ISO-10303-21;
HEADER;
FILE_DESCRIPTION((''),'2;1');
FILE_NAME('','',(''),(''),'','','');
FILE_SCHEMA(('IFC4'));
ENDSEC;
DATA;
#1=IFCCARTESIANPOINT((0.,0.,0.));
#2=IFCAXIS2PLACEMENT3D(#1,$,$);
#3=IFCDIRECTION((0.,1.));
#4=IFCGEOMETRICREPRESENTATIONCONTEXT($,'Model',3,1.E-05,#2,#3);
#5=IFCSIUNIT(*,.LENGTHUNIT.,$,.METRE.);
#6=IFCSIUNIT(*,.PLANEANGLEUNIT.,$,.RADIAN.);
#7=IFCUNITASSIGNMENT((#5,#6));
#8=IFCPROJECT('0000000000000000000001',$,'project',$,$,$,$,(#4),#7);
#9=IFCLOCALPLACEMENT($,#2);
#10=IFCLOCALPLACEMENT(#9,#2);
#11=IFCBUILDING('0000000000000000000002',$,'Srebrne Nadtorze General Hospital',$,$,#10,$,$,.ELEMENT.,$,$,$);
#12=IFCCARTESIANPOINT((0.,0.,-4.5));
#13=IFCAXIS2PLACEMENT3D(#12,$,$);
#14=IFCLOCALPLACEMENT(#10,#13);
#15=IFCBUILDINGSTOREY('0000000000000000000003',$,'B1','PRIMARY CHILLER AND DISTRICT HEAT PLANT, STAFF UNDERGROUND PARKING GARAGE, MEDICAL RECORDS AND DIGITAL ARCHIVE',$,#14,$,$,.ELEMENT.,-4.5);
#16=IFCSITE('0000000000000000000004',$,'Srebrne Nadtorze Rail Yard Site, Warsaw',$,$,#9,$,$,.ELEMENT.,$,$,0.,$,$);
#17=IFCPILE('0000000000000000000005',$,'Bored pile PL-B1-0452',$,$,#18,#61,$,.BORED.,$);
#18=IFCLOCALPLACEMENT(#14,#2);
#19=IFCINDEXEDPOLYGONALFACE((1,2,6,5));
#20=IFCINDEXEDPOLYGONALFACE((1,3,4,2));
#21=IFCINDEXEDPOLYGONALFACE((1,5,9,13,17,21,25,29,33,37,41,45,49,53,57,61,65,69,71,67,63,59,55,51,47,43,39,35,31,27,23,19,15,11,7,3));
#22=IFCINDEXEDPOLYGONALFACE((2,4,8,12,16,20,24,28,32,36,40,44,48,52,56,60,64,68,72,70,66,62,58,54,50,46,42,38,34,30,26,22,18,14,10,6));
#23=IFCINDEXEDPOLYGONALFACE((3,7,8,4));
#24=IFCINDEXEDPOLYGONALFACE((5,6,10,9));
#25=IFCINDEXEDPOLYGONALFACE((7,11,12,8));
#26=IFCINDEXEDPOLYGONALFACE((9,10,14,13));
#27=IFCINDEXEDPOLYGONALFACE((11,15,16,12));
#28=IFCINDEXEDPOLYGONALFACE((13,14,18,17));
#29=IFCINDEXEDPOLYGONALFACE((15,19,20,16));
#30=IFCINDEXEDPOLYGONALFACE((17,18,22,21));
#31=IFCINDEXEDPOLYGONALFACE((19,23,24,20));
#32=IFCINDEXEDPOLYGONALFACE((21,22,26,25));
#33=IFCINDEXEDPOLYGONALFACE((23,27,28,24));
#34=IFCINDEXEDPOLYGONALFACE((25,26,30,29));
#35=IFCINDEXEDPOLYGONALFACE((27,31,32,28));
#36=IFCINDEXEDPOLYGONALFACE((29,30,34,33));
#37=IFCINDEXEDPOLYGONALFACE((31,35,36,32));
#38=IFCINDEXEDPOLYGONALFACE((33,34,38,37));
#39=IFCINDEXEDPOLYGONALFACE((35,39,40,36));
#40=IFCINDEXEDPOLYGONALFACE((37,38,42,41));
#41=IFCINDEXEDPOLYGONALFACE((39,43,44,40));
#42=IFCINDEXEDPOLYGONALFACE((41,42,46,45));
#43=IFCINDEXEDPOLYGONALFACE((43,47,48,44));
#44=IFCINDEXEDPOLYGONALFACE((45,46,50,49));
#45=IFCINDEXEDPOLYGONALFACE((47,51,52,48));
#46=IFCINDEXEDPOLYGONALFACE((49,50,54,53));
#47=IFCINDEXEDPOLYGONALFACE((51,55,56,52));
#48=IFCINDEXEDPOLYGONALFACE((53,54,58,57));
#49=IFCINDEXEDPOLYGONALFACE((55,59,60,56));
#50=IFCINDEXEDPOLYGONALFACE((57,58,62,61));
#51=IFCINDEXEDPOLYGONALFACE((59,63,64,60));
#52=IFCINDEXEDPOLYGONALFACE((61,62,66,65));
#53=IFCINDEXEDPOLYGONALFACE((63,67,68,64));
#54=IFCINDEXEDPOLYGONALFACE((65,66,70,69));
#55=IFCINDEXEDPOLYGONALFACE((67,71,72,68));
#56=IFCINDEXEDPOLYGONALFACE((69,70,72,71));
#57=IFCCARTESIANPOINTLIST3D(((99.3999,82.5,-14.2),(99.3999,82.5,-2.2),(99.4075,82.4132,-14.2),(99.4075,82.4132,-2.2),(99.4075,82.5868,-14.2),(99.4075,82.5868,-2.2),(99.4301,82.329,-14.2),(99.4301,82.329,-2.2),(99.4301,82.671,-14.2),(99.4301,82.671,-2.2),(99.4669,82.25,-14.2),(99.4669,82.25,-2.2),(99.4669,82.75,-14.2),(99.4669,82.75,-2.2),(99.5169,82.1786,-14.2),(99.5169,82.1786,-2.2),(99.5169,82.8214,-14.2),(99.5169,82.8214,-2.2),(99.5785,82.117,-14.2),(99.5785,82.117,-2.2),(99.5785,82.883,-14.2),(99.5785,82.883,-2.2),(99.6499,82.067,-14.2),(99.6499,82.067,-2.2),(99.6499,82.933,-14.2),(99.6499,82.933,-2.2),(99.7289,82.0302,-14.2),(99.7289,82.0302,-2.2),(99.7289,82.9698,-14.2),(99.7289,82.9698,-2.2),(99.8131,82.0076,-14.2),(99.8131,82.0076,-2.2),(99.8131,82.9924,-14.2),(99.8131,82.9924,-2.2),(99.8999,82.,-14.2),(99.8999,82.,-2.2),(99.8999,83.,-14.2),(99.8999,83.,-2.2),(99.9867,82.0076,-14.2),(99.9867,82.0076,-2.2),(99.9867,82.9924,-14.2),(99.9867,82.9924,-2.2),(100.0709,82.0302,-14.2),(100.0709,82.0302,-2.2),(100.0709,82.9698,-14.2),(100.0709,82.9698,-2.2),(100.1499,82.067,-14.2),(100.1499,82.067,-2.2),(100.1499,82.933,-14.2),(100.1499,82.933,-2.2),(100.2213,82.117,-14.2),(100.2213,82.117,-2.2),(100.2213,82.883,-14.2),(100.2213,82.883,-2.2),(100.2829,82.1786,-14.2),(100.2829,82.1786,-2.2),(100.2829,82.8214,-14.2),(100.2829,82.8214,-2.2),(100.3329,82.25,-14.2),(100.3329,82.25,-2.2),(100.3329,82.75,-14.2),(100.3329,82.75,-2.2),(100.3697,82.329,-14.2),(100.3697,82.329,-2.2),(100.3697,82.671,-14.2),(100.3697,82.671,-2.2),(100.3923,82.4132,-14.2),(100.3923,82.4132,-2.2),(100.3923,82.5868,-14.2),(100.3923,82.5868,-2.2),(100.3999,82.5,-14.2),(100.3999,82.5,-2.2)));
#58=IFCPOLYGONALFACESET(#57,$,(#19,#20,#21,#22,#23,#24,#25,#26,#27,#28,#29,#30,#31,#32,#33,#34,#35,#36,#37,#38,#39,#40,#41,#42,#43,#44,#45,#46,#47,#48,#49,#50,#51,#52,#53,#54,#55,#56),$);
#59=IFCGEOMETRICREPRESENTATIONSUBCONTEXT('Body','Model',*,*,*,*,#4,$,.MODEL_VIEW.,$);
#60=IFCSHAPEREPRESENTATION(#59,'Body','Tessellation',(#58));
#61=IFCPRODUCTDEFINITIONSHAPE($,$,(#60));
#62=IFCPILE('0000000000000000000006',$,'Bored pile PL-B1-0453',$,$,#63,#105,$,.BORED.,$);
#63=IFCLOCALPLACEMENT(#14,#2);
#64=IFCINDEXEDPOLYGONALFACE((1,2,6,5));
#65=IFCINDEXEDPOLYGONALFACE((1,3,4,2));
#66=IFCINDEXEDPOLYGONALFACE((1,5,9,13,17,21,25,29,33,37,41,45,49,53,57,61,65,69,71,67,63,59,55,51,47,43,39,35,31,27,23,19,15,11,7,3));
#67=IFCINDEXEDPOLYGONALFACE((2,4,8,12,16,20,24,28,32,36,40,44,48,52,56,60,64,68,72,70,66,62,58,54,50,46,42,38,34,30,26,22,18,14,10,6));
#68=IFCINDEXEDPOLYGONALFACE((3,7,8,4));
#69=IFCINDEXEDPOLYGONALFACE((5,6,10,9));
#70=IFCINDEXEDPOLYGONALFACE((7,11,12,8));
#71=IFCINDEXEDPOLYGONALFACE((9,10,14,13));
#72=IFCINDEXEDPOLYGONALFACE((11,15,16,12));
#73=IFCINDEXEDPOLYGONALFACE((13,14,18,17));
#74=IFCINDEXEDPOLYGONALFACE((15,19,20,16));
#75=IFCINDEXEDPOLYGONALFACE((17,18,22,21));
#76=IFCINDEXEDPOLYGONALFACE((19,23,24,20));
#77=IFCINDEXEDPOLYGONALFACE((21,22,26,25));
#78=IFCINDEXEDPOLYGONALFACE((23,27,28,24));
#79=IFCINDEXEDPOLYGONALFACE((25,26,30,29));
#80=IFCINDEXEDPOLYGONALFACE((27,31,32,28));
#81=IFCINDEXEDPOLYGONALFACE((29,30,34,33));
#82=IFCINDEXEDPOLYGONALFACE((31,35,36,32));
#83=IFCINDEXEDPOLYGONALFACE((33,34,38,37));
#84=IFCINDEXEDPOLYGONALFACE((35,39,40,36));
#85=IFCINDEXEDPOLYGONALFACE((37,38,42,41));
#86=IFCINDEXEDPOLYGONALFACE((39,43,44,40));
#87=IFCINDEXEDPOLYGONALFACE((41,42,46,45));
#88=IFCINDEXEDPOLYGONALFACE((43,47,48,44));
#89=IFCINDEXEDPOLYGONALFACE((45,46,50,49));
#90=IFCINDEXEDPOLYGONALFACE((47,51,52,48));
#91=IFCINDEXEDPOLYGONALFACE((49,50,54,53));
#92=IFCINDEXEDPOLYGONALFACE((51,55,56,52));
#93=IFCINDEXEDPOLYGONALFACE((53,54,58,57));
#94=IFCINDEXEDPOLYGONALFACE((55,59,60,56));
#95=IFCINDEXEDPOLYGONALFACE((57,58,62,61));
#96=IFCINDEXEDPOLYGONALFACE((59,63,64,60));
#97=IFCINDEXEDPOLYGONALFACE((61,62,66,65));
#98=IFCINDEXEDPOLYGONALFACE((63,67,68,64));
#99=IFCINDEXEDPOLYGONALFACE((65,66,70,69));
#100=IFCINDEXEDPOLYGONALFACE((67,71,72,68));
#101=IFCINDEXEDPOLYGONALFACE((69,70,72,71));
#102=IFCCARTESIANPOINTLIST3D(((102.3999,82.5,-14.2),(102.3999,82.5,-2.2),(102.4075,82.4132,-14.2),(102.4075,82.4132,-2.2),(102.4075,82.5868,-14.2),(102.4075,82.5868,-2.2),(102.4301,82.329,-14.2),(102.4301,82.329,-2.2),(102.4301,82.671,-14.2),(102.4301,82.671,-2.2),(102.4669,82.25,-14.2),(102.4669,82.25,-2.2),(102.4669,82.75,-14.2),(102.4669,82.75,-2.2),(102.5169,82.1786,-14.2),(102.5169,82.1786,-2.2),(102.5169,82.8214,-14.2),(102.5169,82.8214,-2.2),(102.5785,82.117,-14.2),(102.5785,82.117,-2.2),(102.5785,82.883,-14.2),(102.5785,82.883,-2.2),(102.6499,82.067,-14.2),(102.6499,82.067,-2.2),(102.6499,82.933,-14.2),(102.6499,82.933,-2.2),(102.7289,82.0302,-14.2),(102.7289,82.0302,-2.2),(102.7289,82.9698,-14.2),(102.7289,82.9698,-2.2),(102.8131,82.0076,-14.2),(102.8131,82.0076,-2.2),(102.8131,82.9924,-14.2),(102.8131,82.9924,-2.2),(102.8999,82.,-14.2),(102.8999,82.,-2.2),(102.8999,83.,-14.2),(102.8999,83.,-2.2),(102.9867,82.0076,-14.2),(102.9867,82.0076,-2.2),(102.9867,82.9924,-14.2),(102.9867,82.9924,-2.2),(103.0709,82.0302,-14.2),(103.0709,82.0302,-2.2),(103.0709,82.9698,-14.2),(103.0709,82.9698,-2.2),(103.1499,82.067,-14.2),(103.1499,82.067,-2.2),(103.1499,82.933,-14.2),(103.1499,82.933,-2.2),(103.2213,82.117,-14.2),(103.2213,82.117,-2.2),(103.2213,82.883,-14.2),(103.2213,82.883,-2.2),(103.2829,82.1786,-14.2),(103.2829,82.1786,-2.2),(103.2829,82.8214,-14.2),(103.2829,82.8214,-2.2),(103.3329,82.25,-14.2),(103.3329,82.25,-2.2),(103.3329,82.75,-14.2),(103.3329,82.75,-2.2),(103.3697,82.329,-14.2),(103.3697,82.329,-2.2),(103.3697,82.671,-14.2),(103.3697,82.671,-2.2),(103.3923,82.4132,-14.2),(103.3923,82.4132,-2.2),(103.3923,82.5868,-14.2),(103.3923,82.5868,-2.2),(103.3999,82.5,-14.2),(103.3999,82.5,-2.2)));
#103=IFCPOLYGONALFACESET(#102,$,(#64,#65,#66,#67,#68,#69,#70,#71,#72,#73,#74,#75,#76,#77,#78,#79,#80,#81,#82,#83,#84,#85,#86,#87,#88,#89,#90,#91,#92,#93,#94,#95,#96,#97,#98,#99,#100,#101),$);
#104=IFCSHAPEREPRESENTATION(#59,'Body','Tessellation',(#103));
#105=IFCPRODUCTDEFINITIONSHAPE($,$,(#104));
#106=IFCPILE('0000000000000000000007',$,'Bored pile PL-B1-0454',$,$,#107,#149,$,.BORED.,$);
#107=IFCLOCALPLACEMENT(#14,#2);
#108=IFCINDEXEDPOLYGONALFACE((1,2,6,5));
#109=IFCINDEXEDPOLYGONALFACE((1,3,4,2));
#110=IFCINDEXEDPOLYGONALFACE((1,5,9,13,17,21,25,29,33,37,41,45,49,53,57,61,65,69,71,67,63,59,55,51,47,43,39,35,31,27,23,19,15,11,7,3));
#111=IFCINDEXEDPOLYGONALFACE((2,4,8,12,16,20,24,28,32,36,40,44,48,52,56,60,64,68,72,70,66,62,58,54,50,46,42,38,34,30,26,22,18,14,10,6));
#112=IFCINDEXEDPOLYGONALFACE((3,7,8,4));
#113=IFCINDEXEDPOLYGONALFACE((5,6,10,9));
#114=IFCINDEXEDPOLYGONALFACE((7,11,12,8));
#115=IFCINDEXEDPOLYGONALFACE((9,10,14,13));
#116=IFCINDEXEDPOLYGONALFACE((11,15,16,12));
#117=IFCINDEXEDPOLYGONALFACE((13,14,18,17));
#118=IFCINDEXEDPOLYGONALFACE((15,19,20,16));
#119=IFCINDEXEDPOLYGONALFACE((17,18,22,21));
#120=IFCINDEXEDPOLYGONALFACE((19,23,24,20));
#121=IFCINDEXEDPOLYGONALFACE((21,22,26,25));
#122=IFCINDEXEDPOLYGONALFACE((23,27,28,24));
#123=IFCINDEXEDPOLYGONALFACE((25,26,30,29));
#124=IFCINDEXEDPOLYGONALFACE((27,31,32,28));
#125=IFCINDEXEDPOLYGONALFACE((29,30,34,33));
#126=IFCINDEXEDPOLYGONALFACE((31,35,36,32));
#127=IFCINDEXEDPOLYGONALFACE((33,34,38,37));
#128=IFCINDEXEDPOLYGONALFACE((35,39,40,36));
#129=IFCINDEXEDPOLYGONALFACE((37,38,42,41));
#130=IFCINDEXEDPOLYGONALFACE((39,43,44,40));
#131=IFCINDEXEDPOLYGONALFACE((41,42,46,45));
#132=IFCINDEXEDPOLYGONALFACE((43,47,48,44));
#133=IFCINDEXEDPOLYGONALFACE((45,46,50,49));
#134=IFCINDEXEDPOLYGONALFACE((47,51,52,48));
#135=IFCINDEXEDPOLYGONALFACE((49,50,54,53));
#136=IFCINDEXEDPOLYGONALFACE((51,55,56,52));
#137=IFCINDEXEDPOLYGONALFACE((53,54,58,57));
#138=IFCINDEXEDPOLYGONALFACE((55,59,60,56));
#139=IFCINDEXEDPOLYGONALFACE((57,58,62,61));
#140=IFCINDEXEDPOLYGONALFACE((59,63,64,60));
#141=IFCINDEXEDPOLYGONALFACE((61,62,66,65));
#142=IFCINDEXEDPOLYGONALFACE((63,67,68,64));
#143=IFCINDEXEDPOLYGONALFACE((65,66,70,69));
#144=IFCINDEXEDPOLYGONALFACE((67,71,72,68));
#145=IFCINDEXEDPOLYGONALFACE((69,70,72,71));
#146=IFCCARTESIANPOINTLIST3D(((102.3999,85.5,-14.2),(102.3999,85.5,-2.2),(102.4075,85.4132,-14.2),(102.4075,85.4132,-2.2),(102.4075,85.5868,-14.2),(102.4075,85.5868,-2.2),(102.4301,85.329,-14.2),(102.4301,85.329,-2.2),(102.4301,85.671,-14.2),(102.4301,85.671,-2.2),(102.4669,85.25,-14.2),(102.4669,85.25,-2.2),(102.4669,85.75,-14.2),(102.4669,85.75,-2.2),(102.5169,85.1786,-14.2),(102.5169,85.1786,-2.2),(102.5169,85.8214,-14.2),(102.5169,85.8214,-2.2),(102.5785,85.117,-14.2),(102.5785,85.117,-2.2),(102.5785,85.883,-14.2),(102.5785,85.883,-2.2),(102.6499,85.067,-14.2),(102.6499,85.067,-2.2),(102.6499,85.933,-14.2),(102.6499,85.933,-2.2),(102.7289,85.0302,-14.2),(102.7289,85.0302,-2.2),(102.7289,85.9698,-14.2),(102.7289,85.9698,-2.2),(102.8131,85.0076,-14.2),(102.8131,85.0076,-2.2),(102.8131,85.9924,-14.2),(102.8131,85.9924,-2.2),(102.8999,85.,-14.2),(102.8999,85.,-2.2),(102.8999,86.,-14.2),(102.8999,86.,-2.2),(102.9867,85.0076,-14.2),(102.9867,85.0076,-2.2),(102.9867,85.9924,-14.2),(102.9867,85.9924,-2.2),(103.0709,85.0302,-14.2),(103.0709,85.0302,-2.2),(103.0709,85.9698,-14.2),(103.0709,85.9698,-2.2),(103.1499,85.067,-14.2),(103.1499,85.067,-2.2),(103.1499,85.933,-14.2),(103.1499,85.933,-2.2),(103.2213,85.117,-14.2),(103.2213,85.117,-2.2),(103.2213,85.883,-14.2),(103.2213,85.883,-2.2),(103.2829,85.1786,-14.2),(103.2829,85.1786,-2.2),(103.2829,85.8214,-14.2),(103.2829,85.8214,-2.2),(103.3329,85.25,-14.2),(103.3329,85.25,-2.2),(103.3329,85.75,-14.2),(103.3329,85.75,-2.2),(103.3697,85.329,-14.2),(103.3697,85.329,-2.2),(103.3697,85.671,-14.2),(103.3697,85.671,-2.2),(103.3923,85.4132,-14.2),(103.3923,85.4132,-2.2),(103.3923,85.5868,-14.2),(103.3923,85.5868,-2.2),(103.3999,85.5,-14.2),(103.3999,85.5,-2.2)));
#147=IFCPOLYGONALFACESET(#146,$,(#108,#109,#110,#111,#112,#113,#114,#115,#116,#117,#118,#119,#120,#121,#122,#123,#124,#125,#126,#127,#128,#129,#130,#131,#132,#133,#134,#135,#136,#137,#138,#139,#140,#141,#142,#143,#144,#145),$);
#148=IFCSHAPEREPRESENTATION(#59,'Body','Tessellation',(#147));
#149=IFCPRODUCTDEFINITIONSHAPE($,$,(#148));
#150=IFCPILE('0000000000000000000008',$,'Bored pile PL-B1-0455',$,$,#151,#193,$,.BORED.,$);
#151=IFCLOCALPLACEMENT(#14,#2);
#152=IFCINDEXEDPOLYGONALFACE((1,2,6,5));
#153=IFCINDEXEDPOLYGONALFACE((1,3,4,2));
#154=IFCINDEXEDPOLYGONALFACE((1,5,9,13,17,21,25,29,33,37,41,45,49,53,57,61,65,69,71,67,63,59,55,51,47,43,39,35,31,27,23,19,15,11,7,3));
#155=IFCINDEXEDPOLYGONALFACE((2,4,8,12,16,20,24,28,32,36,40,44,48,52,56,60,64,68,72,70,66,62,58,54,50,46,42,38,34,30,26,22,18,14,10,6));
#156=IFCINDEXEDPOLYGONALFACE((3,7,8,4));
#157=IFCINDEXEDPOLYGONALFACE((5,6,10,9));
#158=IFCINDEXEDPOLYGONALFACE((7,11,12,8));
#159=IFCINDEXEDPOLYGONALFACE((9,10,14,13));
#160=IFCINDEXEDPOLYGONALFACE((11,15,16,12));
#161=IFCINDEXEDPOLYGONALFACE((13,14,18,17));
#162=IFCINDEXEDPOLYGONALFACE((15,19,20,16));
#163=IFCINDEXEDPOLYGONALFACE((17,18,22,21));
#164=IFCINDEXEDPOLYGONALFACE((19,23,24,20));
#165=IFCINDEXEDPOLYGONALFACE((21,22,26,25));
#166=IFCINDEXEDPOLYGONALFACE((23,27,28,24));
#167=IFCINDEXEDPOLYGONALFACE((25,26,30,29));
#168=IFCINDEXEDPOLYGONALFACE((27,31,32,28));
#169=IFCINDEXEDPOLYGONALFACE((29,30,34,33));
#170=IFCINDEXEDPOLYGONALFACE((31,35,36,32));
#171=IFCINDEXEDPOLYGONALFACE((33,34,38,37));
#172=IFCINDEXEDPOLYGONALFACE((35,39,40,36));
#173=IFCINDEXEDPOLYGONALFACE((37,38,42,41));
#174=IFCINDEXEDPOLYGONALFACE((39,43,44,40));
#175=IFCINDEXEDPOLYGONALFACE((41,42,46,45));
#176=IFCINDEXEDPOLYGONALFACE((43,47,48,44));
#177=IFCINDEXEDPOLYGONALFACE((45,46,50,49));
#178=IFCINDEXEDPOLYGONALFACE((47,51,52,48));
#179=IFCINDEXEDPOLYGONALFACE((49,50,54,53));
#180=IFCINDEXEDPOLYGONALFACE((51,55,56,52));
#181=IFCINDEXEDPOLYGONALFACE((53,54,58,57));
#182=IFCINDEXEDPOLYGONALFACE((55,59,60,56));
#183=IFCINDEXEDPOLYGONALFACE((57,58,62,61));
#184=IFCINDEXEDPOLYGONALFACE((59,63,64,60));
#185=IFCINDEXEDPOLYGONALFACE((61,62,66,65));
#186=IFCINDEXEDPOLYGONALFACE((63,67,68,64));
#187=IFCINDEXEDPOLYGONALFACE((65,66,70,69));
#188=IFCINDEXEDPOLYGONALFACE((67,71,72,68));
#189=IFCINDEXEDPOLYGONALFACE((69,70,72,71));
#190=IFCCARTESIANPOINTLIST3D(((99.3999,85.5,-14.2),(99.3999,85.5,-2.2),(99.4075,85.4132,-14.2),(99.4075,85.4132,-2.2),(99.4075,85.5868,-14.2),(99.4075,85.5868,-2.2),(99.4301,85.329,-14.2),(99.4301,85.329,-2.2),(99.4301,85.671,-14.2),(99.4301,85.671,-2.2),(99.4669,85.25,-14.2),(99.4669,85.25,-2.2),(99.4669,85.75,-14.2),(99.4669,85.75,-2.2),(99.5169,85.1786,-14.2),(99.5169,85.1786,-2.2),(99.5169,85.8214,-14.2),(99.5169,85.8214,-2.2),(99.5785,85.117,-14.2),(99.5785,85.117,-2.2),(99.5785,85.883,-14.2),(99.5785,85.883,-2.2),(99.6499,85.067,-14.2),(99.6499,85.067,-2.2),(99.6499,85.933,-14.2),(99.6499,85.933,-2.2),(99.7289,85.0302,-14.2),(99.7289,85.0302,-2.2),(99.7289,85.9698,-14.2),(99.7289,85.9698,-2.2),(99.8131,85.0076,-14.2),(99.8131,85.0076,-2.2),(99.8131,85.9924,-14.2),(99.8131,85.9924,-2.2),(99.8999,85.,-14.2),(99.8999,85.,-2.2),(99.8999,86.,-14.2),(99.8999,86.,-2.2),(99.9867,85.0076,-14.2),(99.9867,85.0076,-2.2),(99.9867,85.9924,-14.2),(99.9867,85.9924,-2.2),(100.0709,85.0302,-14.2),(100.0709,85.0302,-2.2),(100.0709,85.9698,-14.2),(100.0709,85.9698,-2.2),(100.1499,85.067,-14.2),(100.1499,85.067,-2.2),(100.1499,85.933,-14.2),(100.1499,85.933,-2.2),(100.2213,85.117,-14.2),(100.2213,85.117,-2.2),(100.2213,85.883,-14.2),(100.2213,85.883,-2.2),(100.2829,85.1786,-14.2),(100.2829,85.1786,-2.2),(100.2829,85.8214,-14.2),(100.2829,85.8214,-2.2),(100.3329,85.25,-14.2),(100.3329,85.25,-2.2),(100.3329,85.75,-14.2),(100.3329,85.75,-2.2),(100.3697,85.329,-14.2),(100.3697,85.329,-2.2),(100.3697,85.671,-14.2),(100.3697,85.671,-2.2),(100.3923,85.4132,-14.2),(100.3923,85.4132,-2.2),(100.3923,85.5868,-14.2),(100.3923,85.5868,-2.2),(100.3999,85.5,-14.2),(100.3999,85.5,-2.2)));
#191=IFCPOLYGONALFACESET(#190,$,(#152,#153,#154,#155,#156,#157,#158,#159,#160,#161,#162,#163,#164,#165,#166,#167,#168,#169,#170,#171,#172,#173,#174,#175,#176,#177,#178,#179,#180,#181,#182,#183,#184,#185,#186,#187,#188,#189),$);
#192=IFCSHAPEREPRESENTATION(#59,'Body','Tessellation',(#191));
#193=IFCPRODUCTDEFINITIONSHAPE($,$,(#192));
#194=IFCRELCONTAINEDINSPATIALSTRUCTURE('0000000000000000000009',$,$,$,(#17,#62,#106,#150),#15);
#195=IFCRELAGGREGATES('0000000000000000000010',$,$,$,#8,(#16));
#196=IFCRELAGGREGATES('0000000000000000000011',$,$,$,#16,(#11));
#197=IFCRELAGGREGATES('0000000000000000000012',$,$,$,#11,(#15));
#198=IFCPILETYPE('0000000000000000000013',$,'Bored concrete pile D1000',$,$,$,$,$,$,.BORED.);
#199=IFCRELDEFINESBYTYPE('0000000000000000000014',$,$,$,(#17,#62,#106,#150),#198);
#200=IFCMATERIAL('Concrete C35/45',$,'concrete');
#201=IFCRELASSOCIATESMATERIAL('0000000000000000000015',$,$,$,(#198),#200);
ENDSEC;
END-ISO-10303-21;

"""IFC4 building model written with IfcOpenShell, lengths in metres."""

from ifc_helpers import new_model, si_unit, direction, frame, origin, origin_2d, place, context, subcontext, project, spatial, circle, extrude, material, material_profile, profile_set, type_object, element, save


model = new_model("IFC4")

# Units and contexts
model_context = context("Model", 3, precision=1e-05, world=origin(), true_north=direction((0.0, 1.0)))
body_context = subcontext(model_context, "Body", "Model", "MODEL_VIEW")
ifc_project = project(units=[si_unit("LENGTHUNIT", "METRE"), si_unit("PLANEANGLEUNIT", "RADIAN")], contexts=[model_context])

# Site, building, storey
site_placement = place(None, origin())
site = spatial("IfcSite", under=ifc_project, at=site_placement, Name="Srebrne Nadtorze Rail Yard Site, Warsaw", CompositionType="ELEMENT", RefElevation=0.0)
building_placement = place(site_placement, origin())
building = spatial("IfcBuilding", under=site, at=building_placement, Name="Srebrne Nadtorze General Hospital", CompositionType="ELEMENT")
storey_placement = place(building_placement, frame((0.0, 0.0, -4.5)))
storey = spatial("IfcBuildingStorey", under=building, at=storey_placement, Name="B1", Description="PRIMARY CHILLER AND DISTRICT HEAT PLANT, STAFF UNDERGROUND PARKING GARAGE, MEDICAL RECORDS AND DIGITAL ARCHIVE", CompositionType="ELEMENT", Elevation=-4.5)

# Piles
ifc_material_1 = material(Name="Concrete C35/45", Category="concrete")
ifc_material_profile_1 = material_profile(ifc_material_1, circle(Radius=0.5, at=origin_2d()), Name="PILE-D1000")
ifc_profile_set_1 = profile_set([ifc_material_profile_1], Name="Concrete C35/45")
pile_type_1 = type_object("IfcPileType", Name="Bored concrete pile D1000", PredefinedType="BORED", material=ifc_profile_set_1)
for number, where, z_axis, x_axis, name in (
    (1, (99.8999, 82.5, -2.2), (0.0, 0.0, -1.0), (1.0, 0.0, 0.0), "Bored pile PL-B1-0452"),
    (2, (102.8999, 82.5, -2.2), (0.0, 0.0, -1.0), (1.0, 0.0, 0.0), "Bored pile PL-B1-0453"),
    (3, (102.8999, 85.5, -2.2), (0.0, 0.0, -1.0), (1.0, 0.0, 0.0), "Bored pile PL-B1-0454"),
    (4, (99.8999, 85.5, -2.2), (0.0, 0.0, -1.0), (1.0, 0.0, 0.0), "Bored pile PL-B1-0455"),
):
    element("IfcPile", number, at=place(storey_placement, frame(where, z_axis=z_axis, x_axis=x_axis)), inside=storey, type_object=pile_type_1, Name=name, PredefinedType="BORED", context=body_context, shape_type="SweptSolid", body=[
        extrude(circle(Radius=0.5, at=origin_2d()), origin(), (0.0, 0.0, 1.0), 12.0),
    ])

save(model, "model.ifc")
